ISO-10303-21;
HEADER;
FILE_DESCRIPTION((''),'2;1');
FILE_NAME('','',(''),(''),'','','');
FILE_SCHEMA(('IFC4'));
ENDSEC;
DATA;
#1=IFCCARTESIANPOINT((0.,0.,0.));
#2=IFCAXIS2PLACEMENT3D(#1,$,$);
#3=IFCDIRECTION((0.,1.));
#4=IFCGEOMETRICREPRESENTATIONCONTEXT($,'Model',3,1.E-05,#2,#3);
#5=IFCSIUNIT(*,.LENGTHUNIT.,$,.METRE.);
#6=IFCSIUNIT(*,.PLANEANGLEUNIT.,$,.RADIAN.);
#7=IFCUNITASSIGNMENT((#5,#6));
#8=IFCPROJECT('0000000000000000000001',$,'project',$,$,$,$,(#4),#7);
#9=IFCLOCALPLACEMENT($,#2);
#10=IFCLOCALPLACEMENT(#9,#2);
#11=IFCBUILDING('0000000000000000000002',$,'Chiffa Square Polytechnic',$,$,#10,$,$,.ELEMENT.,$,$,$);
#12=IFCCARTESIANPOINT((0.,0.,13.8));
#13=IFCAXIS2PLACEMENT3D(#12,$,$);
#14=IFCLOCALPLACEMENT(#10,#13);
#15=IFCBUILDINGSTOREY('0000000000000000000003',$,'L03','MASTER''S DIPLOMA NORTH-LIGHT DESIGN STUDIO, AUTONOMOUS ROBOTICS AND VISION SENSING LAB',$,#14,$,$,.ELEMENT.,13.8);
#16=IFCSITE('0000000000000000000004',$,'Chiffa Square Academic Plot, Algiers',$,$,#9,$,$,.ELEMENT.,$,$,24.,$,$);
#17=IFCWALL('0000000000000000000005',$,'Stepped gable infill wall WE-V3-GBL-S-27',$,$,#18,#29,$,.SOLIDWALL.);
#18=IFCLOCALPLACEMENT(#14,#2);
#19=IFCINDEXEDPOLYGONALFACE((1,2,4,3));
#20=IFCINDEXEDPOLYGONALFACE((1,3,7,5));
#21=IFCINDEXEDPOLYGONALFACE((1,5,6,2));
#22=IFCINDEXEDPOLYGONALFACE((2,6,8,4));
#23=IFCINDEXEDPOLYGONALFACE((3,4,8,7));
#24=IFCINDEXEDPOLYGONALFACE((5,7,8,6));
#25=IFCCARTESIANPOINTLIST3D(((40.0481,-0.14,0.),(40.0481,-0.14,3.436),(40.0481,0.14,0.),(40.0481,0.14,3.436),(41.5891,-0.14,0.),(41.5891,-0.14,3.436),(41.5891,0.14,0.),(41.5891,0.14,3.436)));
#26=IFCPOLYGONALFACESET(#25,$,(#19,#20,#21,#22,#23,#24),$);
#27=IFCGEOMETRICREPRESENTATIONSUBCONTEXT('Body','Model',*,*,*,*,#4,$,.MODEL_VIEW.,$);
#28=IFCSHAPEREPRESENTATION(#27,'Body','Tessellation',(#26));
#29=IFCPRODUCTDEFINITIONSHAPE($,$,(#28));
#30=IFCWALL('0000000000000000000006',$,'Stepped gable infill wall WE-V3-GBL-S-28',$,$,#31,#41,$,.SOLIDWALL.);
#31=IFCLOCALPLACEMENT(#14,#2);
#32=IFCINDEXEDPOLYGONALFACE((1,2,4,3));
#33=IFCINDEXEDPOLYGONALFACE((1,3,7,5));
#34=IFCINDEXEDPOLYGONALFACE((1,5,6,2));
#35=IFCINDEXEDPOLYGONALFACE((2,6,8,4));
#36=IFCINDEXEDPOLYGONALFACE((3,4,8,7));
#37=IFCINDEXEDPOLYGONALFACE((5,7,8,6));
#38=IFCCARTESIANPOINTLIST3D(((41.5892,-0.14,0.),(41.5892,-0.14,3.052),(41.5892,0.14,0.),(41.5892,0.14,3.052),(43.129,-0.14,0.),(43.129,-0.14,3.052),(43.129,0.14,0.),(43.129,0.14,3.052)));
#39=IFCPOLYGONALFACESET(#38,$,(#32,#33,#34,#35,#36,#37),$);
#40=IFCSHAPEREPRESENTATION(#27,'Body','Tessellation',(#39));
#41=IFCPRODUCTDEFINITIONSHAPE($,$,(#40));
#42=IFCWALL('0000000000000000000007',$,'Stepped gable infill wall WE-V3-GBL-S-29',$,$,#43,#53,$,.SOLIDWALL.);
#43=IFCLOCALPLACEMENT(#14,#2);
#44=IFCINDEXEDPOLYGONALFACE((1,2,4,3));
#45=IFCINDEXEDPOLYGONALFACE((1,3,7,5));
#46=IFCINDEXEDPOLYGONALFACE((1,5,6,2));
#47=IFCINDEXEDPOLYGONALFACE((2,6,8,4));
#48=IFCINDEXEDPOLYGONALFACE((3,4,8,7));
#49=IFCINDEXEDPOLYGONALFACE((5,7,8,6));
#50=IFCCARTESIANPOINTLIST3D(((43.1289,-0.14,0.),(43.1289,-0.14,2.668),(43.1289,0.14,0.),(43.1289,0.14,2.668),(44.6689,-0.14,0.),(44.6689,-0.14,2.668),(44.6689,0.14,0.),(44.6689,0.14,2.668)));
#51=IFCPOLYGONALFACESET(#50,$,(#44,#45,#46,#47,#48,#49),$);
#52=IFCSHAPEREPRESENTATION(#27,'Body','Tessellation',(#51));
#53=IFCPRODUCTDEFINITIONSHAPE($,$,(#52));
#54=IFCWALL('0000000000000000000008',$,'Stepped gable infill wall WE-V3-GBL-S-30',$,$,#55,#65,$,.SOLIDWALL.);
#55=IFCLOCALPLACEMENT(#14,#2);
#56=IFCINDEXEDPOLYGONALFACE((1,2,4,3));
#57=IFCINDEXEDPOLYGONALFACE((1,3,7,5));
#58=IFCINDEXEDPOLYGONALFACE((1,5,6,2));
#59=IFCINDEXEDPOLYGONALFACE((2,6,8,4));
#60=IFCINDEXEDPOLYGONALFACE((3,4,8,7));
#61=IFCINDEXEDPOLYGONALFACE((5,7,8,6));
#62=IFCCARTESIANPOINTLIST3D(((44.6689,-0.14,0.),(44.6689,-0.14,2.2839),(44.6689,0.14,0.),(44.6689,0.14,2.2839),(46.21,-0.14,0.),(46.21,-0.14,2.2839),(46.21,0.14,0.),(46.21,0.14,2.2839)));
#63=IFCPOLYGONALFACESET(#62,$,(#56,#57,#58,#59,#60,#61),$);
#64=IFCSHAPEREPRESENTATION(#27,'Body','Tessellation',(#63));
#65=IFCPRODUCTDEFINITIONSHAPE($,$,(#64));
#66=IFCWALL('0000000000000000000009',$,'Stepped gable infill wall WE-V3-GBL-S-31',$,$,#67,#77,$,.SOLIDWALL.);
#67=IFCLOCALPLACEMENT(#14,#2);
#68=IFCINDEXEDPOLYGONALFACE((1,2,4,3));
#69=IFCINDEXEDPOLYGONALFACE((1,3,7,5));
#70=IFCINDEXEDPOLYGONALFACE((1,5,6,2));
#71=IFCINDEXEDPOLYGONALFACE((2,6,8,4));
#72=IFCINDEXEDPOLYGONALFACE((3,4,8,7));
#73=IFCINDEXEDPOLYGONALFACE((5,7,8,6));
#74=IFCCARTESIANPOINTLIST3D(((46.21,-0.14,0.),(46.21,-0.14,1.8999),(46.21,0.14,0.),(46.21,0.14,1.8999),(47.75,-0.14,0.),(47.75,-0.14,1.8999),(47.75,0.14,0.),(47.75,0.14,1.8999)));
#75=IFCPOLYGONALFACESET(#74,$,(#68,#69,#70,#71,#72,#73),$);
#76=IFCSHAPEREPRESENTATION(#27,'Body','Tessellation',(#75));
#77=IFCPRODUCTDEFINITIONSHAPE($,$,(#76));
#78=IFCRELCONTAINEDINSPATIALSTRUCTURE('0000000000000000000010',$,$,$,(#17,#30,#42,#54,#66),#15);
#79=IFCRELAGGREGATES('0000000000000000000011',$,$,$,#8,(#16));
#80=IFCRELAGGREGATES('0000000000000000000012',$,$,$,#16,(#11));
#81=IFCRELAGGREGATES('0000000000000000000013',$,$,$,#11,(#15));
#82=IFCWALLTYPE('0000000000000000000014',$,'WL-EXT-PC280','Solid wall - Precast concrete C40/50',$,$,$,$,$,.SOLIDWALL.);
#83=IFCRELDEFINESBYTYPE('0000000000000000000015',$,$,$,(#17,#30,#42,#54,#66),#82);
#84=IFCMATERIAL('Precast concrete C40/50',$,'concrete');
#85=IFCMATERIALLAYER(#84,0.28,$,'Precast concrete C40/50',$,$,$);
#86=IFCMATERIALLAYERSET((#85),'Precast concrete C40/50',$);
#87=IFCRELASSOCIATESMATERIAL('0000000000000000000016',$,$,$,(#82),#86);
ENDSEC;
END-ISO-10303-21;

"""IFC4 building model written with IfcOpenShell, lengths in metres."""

from ifc_helpers import new_model, si_unit, direction, frame, frame_2d, origin, place, context, subcontext, project, spatial, rectangle, extrude, material, layer, layer_set, type_object, element, save


model = new_model("IFC4")

# Units and contexts
model_context = context("Model", 3, precision=1e-05, world=origin(), true_north=direction((0.0, 1.0)))
body_context = subcontext(model_context, "Body", "Model", "MODEL_VIEW")
ifc_project = project(units=[si_unit("LENGTHUNIT", "METRE"), si_unit("PLANEANGLEUNIT", "RADIAN")], contexts=[model_context])

# Site, building, storey
site_placement = place(None, origin())
site = spatial("IfcSite", under=ifc_project, at=site_placement, Name="Chiffa Square Academic Plot, Algiers", CompositionType="ELEMENT", RefElevation=24.0)
building_placement = place(site_placement, origin())
building = spatial("IfcBuilding", under=site, at=building_placement, Name="Chiffa Square Polytechnic", CompositionType="ELEMENT")
storey_placement = place(building_placement, frame((0.0, 0.0, 13.8)))
storey = spatial("IfcBuildingStorey", under=building, at=storey_placement, Name="L03", Description="MASTER'S DIPLOMA NORTH-LIGHT DESIGN STUDIO, AUTONOMOUS ROBOTICS AND VISION SENSING LAB", CompositionType="ELEMENT", Elevation=13.8)

# Walls
ifc_material_1 = material(Name="Precast concrete C40/50", Category="concrete")
ifc_layer = layer(ifc_material_1, 0.28, Name="Precast concrete C40/50")
ifc_layer_set = layer_set([ifc_layer], Name="Precast concrete C40/50")
wall_type = type_object("IfcWallType", Name="WL-EXT-PC280", Description="Solid wall - Precast concrete C40/50", PredefinedType="SOLIDWALL", material=ifc_layer_set)
wall_1_placement = place(storey_placement, frame((40.0481, 0.0, 0.0), z_axis=(0.0, 0.0, 1.0), x_axis=(1.0, 0.0, 0.0)))
element("IfcWall", 1, at=wall_1_placement, inside=storey, type_object=wall_type, Name="Stepped gable infill wall WE-V3-GBL-S-27", PredefinedType="SOLIDWALL", context=body_context, shape_type="SweptSolid", body=[
    extrude(rectangle(XDim=1.541, YDim=0.28, at=frame_2d((0.7705, 0.0))), origin(), (0.0, 0.0, 1.0), 3.436),
])
wall_2_placement = place(storey_placement, frame((41.5891, 0.0, 0.0), z_axis=(0.0, 0.0, 1.0), x_axis=(1.0, 0.0, 0.0)))
element("IfcWall", 2, at=wall_2_placement, inside=storey, type_object=wall_type, Name="Stepped gable infill wall WE-V3-GBL-S-28", PredefinedType="SOLIDWALL", context=body_context, shape_type="SweptSolid", body=[
    extrude(rectangle(XDim=1.5398, YDim=0.28, at=frame_2d((0.77, 0.0))), origin(), (0.0, 0.0, 1.0), 3.052),
])
wall_3_placement = place(storey_placement, frame((43.1289, 0.0, 0.0), z_axis=(0.0, 0.0, 1.0), x_axis=(1.0, 0.0, 0.0)))
element("IfcWall", 3, at=wall_3_placement, inside=storey, type_object=wall_type, Name="Stepped gable infill wall WE-V3-GBL-S-29", PredefinedType="SOLIDWALL", context=body_context, shape_type="SweptSolid", body=[
    extrude(rectangle(XDim=1.54, YDim=0.28, at=frame_2d((0.77, 0.0))), origin(), (0.0, 0.0, 1.0), 2.668),
])
wall_4_placement = place(storey_placement, frame((44.6689, 0.0, 0.0), z_axis=(0.0, 0.0, 1.0), x_axis=(1.0, 0.0, 0.0)))
element("IfcWall", 4, at=wall_4_placement, inside=storey, type_object=wall_type, Name="Stepped gable infill wall WE-V3-GBL-S-30", PredefinedType="SOLIDWALL", context=body_context, shape_type="SweptSolid", body=[
    extrude(rectangle(XDim=1.541, YDim=0.28, at=frame_2d((0.7705, 0.0))), origin(), (0.0, 0.0, 1.0), 2.2839),
])
wall_5_placement = place(storey_placement, frame((46.21, 0.0, 0.0), z_axis=(0.0, 0.0, 1.0), x_axis=(1.0, 0.0, 0.0)))
element("IfcWall", 5, at=wall_5_placement, inside=storey, type_object=wall_type, Name="Stepped gable infill wall WE-V3-GBL-S-31", PredefinedType="SOLIDWALL", context=body_context, shape_type="SweptSolid", body=[
    extrude(rectangle(XDim=1.54, YDim=0.28, at=frame_2d((0.77, 0.0))), origin(), (0.0, 0.0, 1.0), 1.8999),
])

save(model, "model.ifc")
